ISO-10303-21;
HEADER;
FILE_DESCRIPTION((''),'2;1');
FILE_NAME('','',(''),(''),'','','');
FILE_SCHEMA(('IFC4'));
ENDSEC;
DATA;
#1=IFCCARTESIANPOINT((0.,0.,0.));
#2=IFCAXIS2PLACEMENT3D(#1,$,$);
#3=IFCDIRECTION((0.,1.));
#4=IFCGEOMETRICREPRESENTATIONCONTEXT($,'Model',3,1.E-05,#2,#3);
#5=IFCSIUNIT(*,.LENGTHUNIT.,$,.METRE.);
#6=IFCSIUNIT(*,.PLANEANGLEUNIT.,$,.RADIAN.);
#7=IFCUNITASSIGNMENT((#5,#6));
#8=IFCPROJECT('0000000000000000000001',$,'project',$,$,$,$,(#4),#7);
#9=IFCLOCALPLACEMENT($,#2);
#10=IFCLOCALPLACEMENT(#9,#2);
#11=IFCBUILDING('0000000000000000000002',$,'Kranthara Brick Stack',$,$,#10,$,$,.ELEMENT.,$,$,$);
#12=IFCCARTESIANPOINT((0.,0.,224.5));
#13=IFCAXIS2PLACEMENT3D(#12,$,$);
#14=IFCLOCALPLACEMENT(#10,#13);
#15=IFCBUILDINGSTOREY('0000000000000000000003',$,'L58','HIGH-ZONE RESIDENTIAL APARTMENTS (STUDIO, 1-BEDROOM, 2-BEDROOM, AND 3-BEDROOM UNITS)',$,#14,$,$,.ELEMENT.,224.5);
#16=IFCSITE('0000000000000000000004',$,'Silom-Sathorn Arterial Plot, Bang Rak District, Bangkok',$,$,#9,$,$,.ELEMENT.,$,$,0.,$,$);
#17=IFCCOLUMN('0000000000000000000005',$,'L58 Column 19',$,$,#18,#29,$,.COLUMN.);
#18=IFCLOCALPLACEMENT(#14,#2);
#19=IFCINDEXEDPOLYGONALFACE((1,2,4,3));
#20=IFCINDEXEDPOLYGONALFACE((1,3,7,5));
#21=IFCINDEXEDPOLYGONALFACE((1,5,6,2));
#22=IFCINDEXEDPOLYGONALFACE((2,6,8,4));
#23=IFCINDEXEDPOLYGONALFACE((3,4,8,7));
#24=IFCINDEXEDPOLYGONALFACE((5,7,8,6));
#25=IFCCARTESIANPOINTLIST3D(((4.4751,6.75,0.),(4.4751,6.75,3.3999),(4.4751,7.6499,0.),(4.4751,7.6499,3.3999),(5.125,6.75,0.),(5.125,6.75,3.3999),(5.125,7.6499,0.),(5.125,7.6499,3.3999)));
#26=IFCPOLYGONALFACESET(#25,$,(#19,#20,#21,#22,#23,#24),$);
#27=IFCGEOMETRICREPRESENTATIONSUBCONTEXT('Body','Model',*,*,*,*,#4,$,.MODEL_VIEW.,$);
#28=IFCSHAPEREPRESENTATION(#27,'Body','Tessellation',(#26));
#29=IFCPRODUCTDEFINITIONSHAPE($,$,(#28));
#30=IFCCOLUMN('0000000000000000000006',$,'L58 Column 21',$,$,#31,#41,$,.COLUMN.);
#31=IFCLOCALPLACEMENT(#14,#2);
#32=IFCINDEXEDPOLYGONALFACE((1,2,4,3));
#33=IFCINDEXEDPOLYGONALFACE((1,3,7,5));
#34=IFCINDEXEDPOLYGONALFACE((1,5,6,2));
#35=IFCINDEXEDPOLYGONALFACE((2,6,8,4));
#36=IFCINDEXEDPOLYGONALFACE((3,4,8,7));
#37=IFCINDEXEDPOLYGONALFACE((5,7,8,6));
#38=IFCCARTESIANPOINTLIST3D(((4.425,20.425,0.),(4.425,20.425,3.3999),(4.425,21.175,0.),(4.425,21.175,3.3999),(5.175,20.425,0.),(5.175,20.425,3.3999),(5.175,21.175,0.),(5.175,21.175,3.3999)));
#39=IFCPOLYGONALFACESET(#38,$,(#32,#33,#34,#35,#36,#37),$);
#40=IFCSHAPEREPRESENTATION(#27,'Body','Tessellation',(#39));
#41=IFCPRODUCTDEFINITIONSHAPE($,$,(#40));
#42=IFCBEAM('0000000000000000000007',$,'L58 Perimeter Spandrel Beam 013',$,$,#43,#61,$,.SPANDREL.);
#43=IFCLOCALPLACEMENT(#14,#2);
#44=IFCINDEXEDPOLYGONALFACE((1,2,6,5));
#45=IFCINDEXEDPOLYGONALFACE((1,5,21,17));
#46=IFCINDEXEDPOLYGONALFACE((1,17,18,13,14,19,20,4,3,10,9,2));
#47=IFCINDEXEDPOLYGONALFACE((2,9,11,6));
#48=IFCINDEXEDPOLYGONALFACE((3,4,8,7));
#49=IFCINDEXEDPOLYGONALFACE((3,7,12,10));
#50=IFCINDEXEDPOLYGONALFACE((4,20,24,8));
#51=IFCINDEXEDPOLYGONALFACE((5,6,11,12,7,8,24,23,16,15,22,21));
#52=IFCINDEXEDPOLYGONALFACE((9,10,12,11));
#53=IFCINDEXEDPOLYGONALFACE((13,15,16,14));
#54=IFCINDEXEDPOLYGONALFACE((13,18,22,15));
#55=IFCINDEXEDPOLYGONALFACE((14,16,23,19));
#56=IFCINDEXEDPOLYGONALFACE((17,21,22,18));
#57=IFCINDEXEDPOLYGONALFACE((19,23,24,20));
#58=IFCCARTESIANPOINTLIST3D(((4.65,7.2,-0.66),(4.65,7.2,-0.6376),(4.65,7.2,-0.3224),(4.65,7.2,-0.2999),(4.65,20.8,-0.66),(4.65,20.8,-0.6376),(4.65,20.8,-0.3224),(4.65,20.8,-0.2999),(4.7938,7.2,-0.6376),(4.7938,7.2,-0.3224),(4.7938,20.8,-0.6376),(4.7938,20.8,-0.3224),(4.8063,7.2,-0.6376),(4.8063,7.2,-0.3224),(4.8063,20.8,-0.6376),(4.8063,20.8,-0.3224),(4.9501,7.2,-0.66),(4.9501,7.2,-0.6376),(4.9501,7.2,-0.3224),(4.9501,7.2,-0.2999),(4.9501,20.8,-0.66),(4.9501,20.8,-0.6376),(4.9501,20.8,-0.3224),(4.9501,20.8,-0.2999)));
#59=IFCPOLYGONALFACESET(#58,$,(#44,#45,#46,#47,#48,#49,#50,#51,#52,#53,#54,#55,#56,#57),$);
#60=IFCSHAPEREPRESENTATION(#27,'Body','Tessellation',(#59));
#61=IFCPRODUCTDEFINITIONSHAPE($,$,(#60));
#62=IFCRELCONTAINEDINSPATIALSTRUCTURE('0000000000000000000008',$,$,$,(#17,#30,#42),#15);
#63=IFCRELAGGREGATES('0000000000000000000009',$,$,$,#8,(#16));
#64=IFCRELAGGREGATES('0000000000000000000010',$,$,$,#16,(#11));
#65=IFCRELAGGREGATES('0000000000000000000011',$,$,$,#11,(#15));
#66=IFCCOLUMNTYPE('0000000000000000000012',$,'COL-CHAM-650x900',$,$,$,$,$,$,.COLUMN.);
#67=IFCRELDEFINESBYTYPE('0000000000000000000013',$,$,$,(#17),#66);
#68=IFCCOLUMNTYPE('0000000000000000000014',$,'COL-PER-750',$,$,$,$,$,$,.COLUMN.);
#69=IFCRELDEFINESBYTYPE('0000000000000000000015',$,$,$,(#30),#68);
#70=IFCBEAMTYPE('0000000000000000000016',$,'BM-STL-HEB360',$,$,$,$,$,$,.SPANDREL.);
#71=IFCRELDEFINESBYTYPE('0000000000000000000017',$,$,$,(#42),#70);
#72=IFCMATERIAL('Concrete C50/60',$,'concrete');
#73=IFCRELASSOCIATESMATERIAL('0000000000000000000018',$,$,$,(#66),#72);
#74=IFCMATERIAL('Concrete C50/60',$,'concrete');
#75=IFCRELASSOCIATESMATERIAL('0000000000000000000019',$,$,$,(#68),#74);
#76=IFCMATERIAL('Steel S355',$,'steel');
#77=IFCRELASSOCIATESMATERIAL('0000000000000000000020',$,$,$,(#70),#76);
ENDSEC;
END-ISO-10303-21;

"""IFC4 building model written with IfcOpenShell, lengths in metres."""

from ifc_helpers import new_model, si_unit, direction, frame, origin, origin_2d, place, context, subcontext, project, spatial, rectangle, i_section, extrude, material, material_profile, profile_set, type_object, element, save


model = new_model("IFC4")

# Units and contexts
model_context = context("Model", 3, precision=1e-05, world=origin(), true_north=direction((0.0, 1.0)))
body_context = subcontext(model_context, "Body", "Model", "MODEL_VIEW")
ifc_project = project(units=[si_unit("LENGTHUNIT", "METRE"), si_unit("PLANEANGLEUNIT", "RADIAN")], contexts=[model_context])

# Site, building, storey
site_placement = place(None, origin())
site = spatial("IfcSite", under=ifc_project, at=site_placement, Name="Silom-Sathorn Arterial Plot, Bang Rak District, Bangkok", CompositionType="ELEMENT", RefElevation=0.0)
building_placement = place(site_placement, origin())
building = spatial("IfcBuilding", under=site, at=building_placement, Name="Kranthara Brick Stack", CompositionType="ELEMENT")
storey_placement = place(building_placement, frame((0.0, 0.0, 224.5)))
storey = spatial("IfcBuildingStorey", under=building, at=storey_placement, Name="L58", Description="HIGH-ZONE RESIDENTIAL APARTMENTS (STUDIO, 1-BEDROOM, 2-BEDROOM, AND 3-BEDROOM UNITS)", CompositionType="ELEMENT", Elevation=224.5)

# Columns
ifc_material_1 = material(Name="Concrete C50/60", Category="concrete")
ifc_material_profile_1 = material_profile(ifc_material_1, rectangle(XDim=0.6499, YDim=0.8999, at=origin_2d()), Name="RC 650x900")
ifc_profile_set_1 = profile_set([ifc_material_profile_1], Name="Concrete C50/60")
column_type_1 = type_object("IfcColumnType", Name="COL-CHAM-650x900", PredefinedType="COLUMN", material=ifc_profile_set_1)
column_1_placement = place(storey_placement, frame((4.8, 7.2, 0.0), z_axis=(0.0, 0.0, 1.0), x_axis=(1.0, 0.0, 0.0)))
element("IfcColumn", 1, at=column_1_placement, inside=storey, type_object=column_type_1, Name="L58 Column 19", PredefinedType="COLUMN", context=body_context, shape_type="SweptSolid", body=[
    extrude(rectangle(XDim=0.6499, YDim=0.8999, at=origin_2d()), origin(), (0.0, 0.0, 1.0), 3.3999),
])
ifc_material_2 = material(Name="Concrete C50/60", Category="concrete")
ifc_material_profile_2 = material_profile(ifc_material_2, rectangle(XDim=0.75, YDim=0.75, at=origin_2d()), Name="RC 750x750")
ifc_profile_set_2 = profile_set([ifc_material_profile_2], Name="Concrete C50/60")
column_type_2 = type_object("IfcColumnType", Name="COL-PER-750", PredefinedType="COLUMN", material=ifc_profile_set_2)
column_2_placement = place(storey_placement, frame((4.8, 20.8, 0.0), z_axis=(0.0, 0.0, 1.0), x_axis=(1.0, 0.0, 0.0)))
element("IfcColumn", 2, at=column_2_placement, inside=storey, type_object=column_type_2, Name="L58 Column 21", PredefinedType="COLUMN", context=body_context, shape_type="SweptSolid", body=[
    extrude(rectangle(XDim=0.75, YDim=0.75, at=origin_2d()), origin(), (0.0, 0.0, 1.0), 3.3999),
])

# Beam
ifc_material_3 = material(Name="Steel S355", Category="steel")
ifc_material_profile_3 = material_profile(ifc_material_3, i_section(OverallWidth=0.3, OverallDepth=0.3601, WebThickness=0.0125, FlangeThickness=0.0225, at=origin_2d()), Name="HEB 360")
ifc_profile_set_3 = profile_set([ifc_material_profile_3], Name="Steel S355")
beam_type = type_object("IfcBeamType", Name="BM-STL-HEB360", PredefinedType="SPANDREL", material=ifc_profile_set_3)
beam_placement = place(storey_placement, frame((4.8, 7.2, -0.48), z_axis=(0.0, 1.0, 0.0), x_axis=(-1.0, 0.0, 0.0)))
element("IfcBeam", 3, at=beam_placement, inside=storey, type_object=beam_type, Name="L58 Perimeter Spandrel Beam 013", PredefinedType="SPANDREL", context=body_context, shape_type="SweptSolid", body=[
    extrude(i_section(OverallWidth=0.3, OverallDepth=0.3601, WebThickness=0.0125, FlangeThickness=0.0225, at=origin_2d()), origin(), (0.0, 0.0, 1.0), 13.6001),
])

save(model, "model.ifc")
